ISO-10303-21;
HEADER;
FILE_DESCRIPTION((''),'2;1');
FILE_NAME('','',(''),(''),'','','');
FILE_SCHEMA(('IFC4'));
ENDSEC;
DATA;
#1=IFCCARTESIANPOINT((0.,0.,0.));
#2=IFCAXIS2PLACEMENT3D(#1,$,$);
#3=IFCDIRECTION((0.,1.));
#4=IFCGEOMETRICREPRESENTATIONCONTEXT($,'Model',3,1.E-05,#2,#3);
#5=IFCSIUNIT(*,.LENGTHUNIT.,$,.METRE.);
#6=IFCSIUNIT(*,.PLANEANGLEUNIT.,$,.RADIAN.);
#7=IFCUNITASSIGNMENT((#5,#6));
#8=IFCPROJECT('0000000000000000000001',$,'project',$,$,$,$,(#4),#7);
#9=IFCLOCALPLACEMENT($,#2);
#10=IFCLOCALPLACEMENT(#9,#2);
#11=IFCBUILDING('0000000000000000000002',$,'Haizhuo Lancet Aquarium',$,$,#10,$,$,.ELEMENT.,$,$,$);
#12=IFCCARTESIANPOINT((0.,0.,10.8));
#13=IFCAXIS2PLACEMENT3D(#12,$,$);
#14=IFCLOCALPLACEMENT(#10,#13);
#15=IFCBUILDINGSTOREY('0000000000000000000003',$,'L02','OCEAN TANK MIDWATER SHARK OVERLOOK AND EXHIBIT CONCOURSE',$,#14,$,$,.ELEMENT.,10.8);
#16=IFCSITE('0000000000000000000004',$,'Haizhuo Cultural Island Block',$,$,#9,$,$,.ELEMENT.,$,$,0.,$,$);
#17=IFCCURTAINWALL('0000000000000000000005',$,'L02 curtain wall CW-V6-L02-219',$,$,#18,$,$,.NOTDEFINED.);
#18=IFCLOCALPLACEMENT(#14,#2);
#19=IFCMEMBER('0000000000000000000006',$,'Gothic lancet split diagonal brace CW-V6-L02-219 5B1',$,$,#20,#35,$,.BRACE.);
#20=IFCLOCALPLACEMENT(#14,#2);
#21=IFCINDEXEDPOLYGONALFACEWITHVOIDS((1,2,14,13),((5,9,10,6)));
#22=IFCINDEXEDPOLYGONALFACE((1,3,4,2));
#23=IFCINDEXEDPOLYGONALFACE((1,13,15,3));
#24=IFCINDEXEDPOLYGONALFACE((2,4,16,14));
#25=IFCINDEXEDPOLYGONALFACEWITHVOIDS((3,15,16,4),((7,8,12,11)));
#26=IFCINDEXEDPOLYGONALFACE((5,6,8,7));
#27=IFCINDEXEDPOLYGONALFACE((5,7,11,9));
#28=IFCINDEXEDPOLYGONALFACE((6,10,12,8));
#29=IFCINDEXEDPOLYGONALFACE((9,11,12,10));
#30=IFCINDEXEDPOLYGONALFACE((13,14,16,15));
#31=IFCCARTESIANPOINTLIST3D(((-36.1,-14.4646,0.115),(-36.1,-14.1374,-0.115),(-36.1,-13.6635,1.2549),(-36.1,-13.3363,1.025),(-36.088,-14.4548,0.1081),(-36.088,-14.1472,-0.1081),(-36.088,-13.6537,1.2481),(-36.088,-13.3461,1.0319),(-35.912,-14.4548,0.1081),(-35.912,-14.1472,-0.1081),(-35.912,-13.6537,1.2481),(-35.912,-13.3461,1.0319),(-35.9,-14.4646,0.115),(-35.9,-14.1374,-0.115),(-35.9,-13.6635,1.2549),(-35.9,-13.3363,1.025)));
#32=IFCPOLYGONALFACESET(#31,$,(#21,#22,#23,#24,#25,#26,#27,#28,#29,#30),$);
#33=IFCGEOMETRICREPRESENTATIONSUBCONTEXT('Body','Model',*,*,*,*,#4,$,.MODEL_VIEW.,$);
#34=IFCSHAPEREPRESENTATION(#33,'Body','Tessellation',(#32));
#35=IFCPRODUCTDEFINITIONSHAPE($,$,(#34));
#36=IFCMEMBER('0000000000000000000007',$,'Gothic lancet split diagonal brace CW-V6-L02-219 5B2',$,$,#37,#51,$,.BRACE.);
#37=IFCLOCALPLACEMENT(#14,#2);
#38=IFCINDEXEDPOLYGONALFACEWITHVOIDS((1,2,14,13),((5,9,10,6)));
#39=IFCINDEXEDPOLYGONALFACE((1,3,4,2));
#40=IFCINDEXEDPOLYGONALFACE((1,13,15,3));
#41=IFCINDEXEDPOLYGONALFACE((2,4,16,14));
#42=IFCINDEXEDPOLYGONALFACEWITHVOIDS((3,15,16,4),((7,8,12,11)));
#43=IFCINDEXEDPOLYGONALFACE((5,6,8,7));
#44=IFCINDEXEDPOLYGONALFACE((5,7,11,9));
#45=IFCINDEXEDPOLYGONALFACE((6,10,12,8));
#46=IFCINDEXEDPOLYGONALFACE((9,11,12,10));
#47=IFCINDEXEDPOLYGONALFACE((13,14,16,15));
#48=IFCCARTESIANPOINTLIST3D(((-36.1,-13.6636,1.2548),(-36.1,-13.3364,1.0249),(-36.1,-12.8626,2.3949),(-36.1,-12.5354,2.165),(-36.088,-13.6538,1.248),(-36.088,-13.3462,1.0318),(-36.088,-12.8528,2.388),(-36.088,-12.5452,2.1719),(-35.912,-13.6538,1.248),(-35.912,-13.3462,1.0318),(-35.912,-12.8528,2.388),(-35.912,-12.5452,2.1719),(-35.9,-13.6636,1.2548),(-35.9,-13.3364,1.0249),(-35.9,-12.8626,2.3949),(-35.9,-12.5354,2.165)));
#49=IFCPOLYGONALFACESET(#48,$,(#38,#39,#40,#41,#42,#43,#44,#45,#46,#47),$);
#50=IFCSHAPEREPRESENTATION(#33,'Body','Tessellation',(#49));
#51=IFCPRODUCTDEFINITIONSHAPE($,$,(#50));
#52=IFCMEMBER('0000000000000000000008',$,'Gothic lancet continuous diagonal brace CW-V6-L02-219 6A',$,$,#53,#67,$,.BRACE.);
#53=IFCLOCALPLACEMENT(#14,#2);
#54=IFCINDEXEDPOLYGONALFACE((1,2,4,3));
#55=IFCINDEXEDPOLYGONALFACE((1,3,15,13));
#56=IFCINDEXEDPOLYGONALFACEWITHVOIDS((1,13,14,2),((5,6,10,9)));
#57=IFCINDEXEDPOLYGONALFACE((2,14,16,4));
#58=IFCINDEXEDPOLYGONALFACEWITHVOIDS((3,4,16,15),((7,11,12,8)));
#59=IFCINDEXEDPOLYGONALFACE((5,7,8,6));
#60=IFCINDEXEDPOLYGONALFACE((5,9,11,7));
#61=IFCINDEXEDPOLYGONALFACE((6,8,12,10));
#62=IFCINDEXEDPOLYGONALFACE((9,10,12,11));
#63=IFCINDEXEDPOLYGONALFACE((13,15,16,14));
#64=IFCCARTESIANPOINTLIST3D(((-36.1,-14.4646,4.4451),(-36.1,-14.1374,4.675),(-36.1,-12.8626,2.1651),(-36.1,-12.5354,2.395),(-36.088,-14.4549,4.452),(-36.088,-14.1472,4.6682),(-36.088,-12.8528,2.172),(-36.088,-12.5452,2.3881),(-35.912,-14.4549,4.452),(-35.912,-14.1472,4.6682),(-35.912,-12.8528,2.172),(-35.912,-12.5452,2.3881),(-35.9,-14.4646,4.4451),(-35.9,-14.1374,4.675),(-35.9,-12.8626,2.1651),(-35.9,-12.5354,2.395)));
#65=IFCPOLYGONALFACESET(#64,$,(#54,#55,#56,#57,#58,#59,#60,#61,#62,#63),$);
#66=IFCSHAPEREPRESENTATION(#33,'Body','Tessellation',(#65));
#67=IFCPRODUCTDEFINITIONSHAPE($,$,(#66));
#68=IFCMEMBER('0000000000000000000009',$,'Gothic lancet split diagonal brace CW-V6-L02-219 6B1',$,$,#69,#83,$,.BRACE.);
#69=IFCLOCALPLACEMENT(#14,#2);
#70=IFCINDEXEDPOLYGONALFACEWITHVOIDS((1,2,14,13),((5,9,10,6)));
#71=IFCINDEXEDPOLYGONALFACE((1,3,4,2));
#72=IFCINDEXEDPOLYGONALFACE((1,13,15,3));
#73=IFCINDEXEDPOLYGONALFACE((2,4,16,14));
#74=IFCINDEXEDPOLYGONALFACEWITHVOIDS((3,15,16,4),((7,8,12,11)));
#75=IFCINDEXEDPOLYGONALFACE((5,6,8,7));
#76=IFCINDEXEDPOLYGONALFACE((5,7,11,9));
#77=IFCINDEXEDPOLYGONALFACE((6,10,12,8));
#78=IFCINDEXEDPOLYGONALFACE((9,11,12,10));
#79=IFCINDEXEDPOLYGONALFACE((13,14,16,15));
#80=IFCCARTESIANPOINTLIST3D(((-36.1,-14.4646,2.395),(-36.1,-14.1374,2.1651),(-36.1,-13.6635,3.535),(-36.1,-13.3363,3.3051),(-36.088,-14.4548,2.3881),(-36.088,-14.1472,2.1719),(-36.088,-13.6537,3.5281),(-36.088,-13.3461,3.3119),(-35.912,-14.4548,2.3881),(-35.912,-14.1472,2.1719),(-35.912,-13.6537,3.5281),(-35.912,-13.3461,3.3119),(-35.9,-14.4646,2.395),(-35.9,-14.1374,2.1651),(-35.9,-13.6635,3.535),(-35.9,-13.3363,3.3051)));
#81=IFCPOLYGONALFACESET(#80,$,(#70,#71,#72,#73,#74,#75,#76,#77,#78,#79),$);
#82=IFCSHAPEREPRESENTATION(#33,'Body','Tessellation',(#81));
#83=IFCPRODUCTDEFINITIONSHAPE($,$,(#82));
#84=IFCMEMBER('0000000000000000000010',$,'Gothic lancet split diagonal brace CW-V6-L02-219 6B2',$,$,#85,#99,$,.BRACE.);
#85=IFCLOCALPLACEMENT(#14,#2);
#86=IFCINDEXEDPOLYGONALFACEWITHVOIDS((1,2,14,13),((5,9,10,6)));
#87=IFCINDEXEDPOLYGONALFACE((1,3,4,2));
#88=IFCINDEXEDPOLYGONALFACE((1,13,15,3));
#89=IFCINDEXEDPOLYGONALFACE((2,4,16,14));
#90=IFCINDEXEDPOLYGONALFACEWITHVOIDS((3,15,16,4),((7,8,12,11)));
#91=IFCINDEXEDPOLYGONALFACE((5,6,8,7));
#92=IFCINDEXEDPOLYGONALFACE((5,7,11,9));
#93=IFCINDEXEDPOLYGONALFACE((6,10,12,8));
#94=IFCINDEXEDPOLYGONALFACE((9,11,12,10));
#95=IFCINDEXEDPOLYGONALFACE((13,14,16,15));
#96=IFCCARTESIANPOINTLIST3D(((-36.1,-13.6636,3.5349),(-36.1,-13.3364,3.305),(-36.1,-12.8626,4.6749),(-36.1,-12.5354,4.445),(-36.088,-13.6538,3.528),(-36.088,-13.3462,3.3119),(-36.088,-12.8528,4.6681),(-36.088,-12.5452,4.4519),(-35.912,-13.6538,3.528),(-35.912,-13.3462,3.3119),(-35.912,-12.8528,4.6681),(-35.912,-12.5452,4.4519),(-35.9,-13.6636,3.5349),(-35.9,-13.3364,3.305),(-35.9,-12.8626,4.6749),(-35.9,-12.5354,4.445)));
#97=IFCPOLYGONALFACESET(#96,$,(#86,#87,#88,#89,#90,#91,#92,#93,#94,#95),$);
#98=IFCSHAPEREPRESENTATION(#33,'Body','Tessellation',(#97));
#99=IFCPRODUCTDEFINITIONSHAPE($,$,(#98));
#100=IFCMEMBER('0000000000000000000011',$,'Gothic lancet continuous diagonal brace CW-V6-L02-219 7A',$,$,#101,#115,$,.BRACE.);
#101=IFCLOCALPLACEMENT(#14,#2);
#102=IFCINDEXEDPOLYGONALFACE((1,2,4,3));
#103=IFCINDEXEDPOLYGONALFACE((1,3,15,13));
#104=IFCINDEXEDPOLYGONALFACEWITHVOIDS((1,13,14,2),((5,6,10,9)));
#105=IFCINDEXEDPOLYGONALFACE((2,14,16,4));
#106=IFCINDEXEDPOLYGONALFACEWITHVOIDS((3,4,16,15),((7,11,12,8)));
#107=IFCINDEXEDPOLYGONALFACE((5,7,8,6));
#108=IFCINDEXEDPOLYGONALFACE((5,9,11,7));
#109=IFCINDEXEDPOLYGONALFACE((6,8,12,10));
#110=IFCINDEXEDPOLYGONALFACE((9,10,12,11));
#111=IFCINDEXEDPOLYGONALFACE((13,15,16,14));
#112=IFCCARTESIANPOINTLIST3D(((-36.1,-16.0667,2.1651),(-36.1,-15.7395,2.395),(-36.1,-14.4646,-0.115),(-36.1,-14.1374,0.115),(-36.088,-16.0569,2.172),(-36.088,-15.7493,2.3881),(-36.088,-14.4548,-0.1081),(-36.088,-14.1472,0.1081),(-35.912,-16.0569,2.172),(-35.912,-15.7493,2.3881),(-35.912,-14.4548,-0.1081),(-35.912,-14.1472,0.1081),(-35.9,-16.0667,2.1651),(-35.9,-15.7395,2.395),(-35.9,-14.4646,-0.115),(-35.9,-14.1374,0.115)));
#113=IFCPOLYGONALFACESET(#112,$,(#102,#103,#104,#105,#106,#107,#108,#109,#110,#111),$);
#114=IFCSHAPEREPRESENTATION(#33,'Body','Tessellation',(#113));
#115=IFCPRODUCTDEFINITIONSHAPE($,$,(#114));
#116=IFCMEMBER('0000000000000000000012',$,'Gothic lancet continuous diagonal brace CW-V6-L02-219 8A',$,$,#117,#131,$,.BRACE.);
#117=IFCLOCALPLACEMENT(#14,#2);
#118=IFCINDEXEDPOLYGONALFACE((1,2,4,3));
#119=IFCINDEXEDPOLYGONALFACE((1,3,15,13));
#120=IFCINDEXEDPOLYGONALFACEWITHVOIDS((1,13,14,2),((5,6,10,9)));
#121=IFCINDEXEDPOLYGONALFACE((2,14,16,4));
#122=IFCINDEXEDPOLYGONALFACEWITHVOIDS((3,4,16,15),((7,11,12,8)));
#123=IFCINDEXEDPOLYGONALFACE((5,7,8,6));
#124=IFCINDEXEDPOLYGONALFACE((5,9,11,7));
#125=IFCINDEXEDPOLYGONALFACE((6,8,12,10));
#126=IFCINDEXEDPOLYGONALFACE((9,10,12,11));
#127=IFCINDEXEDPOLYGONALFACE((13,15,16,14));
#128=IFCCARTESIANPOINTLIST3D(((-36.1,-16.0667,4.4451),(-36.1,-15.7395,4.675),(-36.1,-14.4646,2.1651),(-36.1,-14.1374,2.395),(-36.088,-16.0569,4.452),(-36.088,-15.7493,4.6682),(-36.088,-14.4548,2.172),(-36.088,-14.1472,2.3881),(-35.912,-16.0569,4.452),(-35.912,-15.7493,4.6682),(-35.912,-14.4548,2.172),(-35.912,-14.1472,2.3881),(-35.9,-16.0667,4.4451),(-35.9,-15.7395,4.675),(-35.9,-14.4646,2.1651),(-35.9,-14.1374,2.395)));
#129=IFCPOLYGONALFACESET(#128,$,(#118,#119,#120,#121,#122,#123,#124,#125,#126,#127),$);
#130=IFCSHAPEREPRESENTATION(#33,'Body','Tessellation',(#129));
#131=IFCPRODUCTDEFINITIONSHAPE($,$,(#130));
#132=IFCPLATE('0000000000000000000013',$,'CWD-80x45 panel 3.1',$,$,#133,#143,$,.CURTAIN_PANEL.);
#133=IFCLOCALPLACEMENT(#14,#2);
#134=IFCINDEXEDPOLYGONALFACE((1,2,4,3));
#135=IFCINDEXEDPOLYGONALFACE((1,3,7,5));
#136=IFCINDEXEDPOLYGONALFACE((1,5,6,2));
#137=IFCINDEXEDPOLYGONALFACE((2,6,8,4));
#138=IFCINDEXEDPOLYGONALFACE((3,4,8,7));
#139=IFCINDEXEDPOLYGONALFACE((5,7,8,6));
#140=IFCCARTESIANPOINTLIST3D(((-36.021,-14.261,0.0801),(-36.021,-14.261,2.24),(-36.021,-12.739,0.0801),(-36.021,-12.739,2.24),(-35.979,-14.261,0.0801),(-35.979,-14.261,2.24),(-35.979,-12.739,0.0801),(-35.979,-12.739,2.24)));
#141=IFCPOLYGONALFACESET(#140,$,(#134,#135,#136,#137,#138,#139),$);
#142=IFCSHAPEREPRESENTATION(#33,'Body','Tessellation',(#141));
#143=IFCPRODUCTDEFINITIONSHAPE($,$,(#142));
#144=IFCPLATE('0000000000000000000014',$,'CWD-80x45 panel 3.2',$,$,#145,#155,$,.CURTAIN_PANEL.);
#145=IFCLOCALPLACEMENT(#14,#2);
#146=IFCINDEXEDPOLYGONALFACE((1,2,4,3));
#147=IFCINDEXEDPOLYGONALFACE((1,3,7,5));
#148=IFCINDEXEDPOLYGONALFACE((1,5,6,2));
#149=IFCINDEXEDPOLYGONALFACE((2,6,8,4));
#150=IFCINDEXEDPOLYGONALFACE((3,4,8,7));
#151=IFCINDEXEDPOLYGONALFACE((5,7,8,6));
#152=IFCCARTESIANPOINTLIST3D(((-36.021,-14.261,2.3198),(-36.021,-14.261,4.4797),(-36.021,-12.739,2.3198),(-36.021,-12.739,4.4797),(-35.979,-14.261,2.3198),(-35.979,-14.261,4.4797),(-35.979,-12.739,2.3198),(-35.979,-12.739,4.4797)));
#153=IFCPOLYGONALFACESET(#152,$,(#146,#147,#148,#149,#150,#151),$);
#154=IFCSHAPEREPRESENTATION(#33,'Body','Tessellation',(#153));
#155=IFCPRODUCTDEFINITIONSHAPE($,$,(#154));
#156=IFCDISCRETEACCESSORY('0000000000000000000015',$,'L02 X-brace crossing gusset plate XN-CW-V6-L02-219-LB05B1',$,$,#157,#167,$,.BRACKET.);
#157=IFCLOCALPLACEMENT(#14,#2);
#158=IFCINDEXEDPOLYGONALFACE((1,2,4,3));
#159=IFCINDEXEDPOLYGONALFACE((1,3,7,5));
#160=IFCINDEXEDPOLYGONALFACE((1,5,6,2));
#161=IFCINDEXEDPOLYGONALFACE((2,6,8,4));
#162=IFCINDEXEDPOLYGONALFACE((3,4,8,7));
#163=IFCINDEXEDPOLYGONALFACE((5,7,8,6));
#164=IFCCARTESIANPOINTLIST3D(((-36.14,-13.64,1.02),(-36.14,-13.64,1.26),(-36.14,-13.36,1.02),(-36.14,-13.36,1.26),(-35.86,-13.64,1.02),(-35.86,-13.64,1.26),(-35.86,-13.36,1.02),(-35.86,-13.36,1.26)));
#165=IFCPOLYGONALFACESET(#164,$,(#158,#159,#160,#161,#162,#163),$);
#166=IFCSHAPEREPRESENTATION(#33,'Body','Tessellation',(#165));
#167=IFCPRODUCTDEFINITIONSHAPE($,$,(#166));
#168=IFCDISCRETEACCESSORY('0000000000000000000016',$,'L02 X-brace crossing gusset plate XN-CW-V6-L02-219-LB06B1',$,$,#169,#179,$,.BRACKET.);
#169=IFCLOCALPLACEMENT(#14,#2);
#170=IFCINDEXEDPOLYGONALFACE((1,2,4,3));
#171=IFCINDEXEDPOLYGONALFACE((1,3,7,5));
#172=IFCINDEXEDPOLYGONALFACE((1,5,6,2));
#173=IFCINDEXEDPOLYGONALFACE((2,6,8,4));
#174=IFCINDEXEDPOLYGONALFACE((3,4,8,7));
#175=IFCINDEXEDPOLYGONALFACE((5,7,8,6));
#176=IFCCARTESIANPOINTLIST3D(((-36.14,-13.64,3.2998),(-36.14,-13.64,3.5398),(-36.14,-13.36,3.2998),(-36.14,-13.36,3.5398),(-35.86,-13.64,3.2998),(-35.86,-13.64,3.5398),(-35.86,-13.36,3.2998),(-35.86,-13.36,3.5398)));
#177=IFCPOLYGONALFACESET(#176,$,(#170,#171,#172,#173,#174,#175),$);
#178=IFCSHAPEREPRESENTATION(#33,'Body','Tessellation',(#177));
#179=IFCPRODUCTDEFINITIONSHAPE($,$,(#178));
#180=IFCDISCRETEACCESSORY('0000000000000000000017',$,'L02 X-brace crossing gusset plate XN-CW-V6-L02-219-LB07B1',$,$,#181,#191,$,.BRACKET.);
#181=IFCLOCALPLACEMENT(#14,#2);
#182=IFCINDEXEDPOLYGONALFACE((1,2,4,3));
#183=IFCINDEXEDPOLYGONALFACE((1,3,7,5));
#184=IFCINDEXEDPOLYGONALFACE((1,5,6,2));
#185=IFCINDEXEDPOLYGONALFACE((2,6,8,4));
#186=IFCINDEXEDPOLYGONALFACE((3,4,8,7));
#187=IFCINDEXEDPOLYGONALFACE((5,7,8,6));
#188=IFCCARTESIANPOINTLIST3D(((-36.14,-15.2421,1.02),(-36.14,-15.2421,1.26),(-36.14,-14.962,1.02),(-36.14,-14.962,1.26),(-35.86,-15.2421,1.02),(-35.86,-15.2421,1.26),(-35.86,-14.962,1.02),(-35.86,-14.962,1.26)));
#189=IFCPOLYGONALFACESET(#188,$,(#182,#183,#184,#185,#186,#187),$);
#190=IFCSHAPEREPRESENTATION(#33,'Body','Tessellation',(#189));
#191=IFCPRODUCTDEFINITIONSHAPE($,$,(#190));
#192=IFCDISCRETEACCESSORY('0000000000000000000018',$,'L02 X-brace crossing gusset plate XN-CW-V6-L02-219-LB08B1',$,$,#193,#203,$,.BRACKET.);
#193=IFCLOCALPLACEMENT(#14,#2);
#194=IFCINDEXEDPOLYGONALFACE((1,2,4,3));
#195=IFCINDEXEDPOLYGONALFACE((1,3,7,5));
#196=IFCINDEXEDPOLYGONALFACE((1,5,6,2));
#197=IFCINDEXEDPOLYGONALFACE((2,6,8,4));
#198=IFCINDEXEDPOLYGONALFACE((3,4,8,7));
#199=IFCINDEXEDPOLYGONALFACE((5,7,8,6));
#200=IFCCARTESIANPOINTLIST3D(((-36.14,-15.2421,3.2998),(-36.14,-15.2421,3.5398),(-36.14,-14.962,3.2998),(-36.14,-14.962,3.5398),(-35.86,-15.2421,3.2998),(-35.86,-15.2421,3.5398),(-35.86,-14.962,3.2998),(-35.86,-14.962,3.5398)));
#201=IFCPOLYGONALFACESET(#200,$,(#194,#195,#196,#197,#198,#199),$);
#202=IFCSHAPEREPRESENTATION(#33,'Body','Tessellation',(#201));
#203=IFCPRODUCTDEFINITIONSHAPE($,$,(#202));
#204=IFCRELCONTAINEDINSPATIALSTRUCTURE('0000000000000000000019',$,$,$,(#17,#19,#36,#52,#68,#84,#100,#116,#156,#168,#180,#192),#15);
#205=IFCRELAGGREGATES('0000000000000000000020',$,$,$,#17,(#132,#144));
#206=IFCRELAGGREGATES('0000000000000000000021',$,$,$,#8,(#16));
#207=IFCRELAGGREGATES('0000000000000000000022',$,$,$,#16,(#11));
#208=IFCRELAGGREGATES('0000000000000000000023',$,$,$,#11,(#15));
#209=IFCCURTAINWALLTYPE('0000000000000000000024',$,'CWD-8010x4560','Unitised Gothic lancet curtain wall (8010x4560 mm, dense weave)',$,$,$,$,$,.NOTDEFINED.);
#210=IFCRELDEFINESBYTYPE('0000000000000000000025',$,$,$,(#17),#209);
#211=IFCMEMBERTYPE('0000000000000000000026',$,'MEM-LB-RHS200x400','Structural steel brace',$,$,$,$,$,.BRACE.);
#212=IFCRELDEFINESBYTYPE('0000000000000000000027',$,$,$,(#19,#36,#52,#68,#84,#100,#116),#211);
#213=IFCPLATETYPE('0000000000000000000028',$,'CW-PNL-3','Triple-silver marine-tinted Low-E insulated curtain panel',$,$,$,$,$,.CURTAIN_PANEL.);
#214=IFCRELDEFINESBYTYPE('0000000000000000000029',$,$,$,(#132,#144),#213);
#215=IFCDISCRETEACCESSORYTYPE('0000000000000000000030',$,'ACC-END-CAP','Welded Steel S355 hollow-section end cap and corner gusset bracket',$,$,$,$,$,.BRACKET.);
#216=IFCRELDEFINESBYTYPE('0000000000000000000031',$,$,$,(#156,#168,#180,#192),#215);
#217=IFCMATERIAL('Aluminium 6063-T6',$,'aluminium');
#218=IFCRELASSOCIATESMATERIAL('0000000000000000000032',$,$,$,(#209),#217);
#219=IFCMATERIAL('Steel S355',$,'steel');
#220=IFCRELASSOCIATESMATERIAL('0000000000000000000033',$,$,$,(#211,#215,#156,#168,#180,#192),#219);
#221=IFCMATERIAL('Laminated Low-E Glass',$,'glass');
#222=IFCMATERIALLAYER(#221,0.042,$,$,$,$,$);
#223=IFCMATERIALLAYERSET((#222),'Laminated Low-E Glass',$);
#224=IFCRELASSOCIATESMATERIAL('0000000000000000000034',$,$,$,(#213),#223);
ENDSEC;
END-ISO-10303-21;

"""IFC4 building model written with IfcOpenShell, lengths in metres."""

from ifc_helpers import new_model, si_unit, direction, frame, origin, origin_2d, place, context, subcontext, project, spatial, rectangle, hollow_rectangle, extrude, material, layer, layer_set, material_profile, profile_set, type_object, element, aggregate, save


model = new_model("IFC4")

# Units and contexts
model_context = context("Model", 3, precision=1e-05, world=origin(), true_north=direction((0.0, 1.0)))
body_context = subcontext(model_context, "Body", "Model", "MODEL_VIEW")
ifc_project = project(units=[si_unit("LENGTHUNIT", "METRE"), si_unit("PLANEANGLEUNIT", "RADIAN")], contexts=[model_context])

# Site, building, storey
site_placement = place(None, origin())
site = spatial("IfcSite", under=ifc_project, at=site_placement, Name="Haizhuo Cultural Island Block", CompositionType="ELEMENT", RefElevation=0.0)
building_placement = place(site_placement, origin())
building = spatial("IfcBuilding", under=site, at=building_placement, Name="Haizhuo Lancet Aquarium", CompositionType="ELEMENT")
storey_placement = place(building_placement, frame((0.0, 0.0, 10.8)))
storey = spatial("IfcBuildingStorey", under=building, at=storey_placement, Name="L02", Description="OCEAN TANK MIDWATER SHARK OVERLOOK AND EXHIBIT CONCOURSE", CompositionType="ELEMENT", Elevation=10.8)

# Curtain wall
ifc_material_1 = material(Name="Aluminium 6063-T6", Category="aluminium")
curtain_wall_type = type_object("IfcCurtainWallType", Name="CWD-8010x4560", Description="Unitised Gothic lancet curtain wall (8010x4560 mm, dense weave)", PredefinedType="NOTDEFINED", material=ifc_material_1)
curtain_wall_placement = place(storey_placement, origin())
curtain_wall = element("IfcCurtainWall", 1, at=curtain_wall_placement, inside=storey, type_object=curtain_wall_type, Name="L02 curtain wall CW-V6-L02-219", PredefinedType="NOTDEFINED")

# Members
ifc_material_2 = material(Name="Steel S355", Category="steel")
ifc_material_profile_1 = material_profile(ifc_material_2, hollow_rectangle(XDim=0.2, YDim=0.3999, WallThickness=0.012, at=origin_2d()), Name="RHS 200x400x12")
ifc_profile_set_1 = profile_set([ifc_material_profile_1], Name="Steel S355")
member_type_1 = type_object("IfcMemberType", Name="MEM-LB-RHS200x400", Description="Structural steel brace", PredefinedType="BRACE", material=ifc_profile_set_1)
for number, where, z_axis, x_axis, name in (
    (2, (-36.0, -14.301, 0.0), (0.0, 0.574955, 0.818185), (-1.0, 0.0, 0.0), "Gothic lancet split diagonal brace CW-V6-L02-219 5B1"),
    (3, (-36.0, -13.5, 1.1399), (0.0, 0.574873, 0.818243), (-1.0, 0.0, 0.0), "Gothic lancet split diagonal brace CW-V6-L02-219 5B2"),
):
    element("IfcMember", number, at=place(storey_placement, frame(where, z_axis=z_axis, x_axis=x_axis)), inside=storey, type_object=member_type_1, Name=name, PredefinedType="BRACE", context=body_context, shape_type="SweptSolid", body=[
        extrude(hollow_rectangle(XDim=0.2, YDim=0.3999, WallThickness=0.012, at=origin_2d()), origin(), (0.0, 0.0, 1.0), 1.3933),
    ])
member_1_placement = place(storey_placement, frame((-36.0, -12.699, 2.28), z_axis=(0.0, -0.574914, 0.818214), x_axis=(1.0, 0.0, 0.0)))
element("IfcMember", 4, at=member_1_placement, inside=storey, type_object=member_type_1, Name="Gothic lancet continuous diagonal brace CW-V6-L02-219 6A", PredefinedType="BRACE", context=body_context, shape_type="SweptSolid", body=[
    extrude(hollow_rectangle(XDim=0.2, YDim=0.3999, WallThickness=0.012, at=origin_2d()), origin(), (0.0, 0.0, 1.0), 2.7866),
])
for number, where, z_axis, x_axis, name in (
    (5, (-36.0, -14.301, 2.28), (0.0, 0.574955, 0.818185), (-1.0, 0.0, 0.0), "Gothic lancet split diagonal brace CW-V6-L02-219 6B1"),
    (6, (-36.0, -13.5, 3.4199), (0.0, 0.574873, 0.818243), (-1.0, 0.0, 0.0), "Gothic lancet split diagonal brace CW-V6-L02-219 6B2"),
):
    element("IfcMember", number, at=place(storey_placement, frame(where, z_axis=z_axis, x_axis=x_axis)), inside=storey, type_object=member_type_1, Name=name, PredefinedType="BRACE", context=body_context, shape_type="SweptSolid", body=[
        extrude(hollow_rectangle(XDim=0.2, YDim=0.3999, WallThickness=0.012, at=origin_2d()), origin(), (0.0, 0.0, 1.0), 1.3933),
    ])
for number, where, z_axis, x_axis, name in (
    (7, (-36.0, -14.301, 0.0), (0.0, -0.574914, 0.818214), (1.0, 0.0, 0.0), "Gothic lancet continuous diagonal brace CW-V6-L02-219 7A"),
    (8, (-36.0, -14.301, 2.28), (0.0, -0.574914, 0.818214), (1.0, 0.0, 0.0), "Gothic lancet continuous diagonal brace CW-V6-L02-219 8A"),
):
    element("IfcMember", number, at=place(storey_placement, frame(where, z_axis=z_axis, x_axis=x_axis)), inside=storey, type_object=member_type_1, Name=name, PredefinedType="BRACE", context=body_context, shape_type="SweptSolid", body=[
        extrude(hollow_rectangle(XDim=0.2, YDim=0.3999, WallThickness=0.012, at=origin_2d()), origin(), (0.0, 0.0, 1.0), 2.7866),
    ])

# Plates
ifc_material_3 = material(Name="Laminated Low-E Glass", Category="glass")
ifc_layer = layer(ifc_material_3, 0.042)
ifc_layer_set = layer_set([ifc_layer], Name="Laminated Low-E Glass")
plate_type = type_object("IfcPlateType", Name="CW-PNL-3", Description="Triple-silver marine-tinted Low-E insulated curtain panel", PredefinedType="CURTAIN_PANEL", material=ifc_layer_set)
plate_1_placement = place(storey_placement, frame((-36.0, -13.5, 0.0801), z_axis=(0.0, 0.0, 1.0), x_axis=(0.0, -1.0, 0.0)))
plate_1 = element("IfcPlate", 9, at=plate_1_placement, type_object=plate_type, Name="CWD-80x45 panel 3.1", PredefinedType="CURTAIN_PANEL", context=body_context, shape_type="SweptSolid", body=[
    extrude(rectangle(XDim=1.522, YDim=0.042, at=origin_2d()), origin(), (0.0, 0.0, 1.0), 2.1599),
])
plate_2_placement = place(storey_placement, frame((-36.0, -13.5, 2.3198), z_axis=(0.0, 0.0, 1.0), x_axis=(0.0, -1.0, 0.0)))
plate_2 = element("IfcPlate", 10, at=plate_2_placement, type_object=plate_type, Name="CWD-80x45 panel 3.2", PredefinedType="CURTAIN_PANEL", context=body_context, shape_type="SweptSolid", body=[
    extrude(rectangle(XDim=1.522, YDim=0.042, at=origin_2d()), origin(), (0.0, 0.0, 1.0), 2.1599),
])
aggregate(curtain_wall, [plate_1, plate_2])

# Discrete accessories
discrete_accessory_type = type_object("IfcDiscreteAccessoryType", Name="ACC-END-CAP", Description="Welded Steel S355 hollow-section end cap and corner gusset bracket", PredefinedType="BRACKET", material=ifc_material_2)
for number, where, z_axis, x_axis, name in (
    (11, (-36.0, -13.5, 1.02), (0.0, 0.0, 1.0), (1.0, 0.0, 0.0), "L02 X-brace crossing gusset plate XN-CW-V6-L02-219-LB05B1"),
    (12, (-36.0, -13.5, 3.2998), (0.0, 0.0, 1.0), (1.0, 0.0, 0.0), "L02 X-brace crossing gusset plate XN-CW-V6-L02-219-LB06B1"),
    (13, (-36.0, -15.1021, 1.02), (0.0, 0.0, 1.0), (1.0, 0.0, 0.0), "L02 X-brace crossing gusset plate XN-CW-V6-L02-219-LB07B1"),
    (14, (-36.0, -15.1021, 3.2998), (0.0, 0.0, 1.0), (1.0, 0.0, 0.0), "L02 X-brace crossing gusset plate XN-CW-V6-L02-219-LB08B1"),
):
    element("IfcDiscreteAccessory", number, at=place(storey_placement, frame(where, z_axis=z_axis, x_axis=x_axis)), inside=storey, type_object=discrete_accessory_type, material=ifc_material_2, Name=name, PredefinedType="BRACKET", context=body_context, shape_type="SweptSolid", body=[
        extrude(rectangle(XDim=0.28, YDim=0.28, at=origin_2d()), origin(), (0.0, 0.0, 1.0), 0.24),
    ])

save(model, "model.ifc")
